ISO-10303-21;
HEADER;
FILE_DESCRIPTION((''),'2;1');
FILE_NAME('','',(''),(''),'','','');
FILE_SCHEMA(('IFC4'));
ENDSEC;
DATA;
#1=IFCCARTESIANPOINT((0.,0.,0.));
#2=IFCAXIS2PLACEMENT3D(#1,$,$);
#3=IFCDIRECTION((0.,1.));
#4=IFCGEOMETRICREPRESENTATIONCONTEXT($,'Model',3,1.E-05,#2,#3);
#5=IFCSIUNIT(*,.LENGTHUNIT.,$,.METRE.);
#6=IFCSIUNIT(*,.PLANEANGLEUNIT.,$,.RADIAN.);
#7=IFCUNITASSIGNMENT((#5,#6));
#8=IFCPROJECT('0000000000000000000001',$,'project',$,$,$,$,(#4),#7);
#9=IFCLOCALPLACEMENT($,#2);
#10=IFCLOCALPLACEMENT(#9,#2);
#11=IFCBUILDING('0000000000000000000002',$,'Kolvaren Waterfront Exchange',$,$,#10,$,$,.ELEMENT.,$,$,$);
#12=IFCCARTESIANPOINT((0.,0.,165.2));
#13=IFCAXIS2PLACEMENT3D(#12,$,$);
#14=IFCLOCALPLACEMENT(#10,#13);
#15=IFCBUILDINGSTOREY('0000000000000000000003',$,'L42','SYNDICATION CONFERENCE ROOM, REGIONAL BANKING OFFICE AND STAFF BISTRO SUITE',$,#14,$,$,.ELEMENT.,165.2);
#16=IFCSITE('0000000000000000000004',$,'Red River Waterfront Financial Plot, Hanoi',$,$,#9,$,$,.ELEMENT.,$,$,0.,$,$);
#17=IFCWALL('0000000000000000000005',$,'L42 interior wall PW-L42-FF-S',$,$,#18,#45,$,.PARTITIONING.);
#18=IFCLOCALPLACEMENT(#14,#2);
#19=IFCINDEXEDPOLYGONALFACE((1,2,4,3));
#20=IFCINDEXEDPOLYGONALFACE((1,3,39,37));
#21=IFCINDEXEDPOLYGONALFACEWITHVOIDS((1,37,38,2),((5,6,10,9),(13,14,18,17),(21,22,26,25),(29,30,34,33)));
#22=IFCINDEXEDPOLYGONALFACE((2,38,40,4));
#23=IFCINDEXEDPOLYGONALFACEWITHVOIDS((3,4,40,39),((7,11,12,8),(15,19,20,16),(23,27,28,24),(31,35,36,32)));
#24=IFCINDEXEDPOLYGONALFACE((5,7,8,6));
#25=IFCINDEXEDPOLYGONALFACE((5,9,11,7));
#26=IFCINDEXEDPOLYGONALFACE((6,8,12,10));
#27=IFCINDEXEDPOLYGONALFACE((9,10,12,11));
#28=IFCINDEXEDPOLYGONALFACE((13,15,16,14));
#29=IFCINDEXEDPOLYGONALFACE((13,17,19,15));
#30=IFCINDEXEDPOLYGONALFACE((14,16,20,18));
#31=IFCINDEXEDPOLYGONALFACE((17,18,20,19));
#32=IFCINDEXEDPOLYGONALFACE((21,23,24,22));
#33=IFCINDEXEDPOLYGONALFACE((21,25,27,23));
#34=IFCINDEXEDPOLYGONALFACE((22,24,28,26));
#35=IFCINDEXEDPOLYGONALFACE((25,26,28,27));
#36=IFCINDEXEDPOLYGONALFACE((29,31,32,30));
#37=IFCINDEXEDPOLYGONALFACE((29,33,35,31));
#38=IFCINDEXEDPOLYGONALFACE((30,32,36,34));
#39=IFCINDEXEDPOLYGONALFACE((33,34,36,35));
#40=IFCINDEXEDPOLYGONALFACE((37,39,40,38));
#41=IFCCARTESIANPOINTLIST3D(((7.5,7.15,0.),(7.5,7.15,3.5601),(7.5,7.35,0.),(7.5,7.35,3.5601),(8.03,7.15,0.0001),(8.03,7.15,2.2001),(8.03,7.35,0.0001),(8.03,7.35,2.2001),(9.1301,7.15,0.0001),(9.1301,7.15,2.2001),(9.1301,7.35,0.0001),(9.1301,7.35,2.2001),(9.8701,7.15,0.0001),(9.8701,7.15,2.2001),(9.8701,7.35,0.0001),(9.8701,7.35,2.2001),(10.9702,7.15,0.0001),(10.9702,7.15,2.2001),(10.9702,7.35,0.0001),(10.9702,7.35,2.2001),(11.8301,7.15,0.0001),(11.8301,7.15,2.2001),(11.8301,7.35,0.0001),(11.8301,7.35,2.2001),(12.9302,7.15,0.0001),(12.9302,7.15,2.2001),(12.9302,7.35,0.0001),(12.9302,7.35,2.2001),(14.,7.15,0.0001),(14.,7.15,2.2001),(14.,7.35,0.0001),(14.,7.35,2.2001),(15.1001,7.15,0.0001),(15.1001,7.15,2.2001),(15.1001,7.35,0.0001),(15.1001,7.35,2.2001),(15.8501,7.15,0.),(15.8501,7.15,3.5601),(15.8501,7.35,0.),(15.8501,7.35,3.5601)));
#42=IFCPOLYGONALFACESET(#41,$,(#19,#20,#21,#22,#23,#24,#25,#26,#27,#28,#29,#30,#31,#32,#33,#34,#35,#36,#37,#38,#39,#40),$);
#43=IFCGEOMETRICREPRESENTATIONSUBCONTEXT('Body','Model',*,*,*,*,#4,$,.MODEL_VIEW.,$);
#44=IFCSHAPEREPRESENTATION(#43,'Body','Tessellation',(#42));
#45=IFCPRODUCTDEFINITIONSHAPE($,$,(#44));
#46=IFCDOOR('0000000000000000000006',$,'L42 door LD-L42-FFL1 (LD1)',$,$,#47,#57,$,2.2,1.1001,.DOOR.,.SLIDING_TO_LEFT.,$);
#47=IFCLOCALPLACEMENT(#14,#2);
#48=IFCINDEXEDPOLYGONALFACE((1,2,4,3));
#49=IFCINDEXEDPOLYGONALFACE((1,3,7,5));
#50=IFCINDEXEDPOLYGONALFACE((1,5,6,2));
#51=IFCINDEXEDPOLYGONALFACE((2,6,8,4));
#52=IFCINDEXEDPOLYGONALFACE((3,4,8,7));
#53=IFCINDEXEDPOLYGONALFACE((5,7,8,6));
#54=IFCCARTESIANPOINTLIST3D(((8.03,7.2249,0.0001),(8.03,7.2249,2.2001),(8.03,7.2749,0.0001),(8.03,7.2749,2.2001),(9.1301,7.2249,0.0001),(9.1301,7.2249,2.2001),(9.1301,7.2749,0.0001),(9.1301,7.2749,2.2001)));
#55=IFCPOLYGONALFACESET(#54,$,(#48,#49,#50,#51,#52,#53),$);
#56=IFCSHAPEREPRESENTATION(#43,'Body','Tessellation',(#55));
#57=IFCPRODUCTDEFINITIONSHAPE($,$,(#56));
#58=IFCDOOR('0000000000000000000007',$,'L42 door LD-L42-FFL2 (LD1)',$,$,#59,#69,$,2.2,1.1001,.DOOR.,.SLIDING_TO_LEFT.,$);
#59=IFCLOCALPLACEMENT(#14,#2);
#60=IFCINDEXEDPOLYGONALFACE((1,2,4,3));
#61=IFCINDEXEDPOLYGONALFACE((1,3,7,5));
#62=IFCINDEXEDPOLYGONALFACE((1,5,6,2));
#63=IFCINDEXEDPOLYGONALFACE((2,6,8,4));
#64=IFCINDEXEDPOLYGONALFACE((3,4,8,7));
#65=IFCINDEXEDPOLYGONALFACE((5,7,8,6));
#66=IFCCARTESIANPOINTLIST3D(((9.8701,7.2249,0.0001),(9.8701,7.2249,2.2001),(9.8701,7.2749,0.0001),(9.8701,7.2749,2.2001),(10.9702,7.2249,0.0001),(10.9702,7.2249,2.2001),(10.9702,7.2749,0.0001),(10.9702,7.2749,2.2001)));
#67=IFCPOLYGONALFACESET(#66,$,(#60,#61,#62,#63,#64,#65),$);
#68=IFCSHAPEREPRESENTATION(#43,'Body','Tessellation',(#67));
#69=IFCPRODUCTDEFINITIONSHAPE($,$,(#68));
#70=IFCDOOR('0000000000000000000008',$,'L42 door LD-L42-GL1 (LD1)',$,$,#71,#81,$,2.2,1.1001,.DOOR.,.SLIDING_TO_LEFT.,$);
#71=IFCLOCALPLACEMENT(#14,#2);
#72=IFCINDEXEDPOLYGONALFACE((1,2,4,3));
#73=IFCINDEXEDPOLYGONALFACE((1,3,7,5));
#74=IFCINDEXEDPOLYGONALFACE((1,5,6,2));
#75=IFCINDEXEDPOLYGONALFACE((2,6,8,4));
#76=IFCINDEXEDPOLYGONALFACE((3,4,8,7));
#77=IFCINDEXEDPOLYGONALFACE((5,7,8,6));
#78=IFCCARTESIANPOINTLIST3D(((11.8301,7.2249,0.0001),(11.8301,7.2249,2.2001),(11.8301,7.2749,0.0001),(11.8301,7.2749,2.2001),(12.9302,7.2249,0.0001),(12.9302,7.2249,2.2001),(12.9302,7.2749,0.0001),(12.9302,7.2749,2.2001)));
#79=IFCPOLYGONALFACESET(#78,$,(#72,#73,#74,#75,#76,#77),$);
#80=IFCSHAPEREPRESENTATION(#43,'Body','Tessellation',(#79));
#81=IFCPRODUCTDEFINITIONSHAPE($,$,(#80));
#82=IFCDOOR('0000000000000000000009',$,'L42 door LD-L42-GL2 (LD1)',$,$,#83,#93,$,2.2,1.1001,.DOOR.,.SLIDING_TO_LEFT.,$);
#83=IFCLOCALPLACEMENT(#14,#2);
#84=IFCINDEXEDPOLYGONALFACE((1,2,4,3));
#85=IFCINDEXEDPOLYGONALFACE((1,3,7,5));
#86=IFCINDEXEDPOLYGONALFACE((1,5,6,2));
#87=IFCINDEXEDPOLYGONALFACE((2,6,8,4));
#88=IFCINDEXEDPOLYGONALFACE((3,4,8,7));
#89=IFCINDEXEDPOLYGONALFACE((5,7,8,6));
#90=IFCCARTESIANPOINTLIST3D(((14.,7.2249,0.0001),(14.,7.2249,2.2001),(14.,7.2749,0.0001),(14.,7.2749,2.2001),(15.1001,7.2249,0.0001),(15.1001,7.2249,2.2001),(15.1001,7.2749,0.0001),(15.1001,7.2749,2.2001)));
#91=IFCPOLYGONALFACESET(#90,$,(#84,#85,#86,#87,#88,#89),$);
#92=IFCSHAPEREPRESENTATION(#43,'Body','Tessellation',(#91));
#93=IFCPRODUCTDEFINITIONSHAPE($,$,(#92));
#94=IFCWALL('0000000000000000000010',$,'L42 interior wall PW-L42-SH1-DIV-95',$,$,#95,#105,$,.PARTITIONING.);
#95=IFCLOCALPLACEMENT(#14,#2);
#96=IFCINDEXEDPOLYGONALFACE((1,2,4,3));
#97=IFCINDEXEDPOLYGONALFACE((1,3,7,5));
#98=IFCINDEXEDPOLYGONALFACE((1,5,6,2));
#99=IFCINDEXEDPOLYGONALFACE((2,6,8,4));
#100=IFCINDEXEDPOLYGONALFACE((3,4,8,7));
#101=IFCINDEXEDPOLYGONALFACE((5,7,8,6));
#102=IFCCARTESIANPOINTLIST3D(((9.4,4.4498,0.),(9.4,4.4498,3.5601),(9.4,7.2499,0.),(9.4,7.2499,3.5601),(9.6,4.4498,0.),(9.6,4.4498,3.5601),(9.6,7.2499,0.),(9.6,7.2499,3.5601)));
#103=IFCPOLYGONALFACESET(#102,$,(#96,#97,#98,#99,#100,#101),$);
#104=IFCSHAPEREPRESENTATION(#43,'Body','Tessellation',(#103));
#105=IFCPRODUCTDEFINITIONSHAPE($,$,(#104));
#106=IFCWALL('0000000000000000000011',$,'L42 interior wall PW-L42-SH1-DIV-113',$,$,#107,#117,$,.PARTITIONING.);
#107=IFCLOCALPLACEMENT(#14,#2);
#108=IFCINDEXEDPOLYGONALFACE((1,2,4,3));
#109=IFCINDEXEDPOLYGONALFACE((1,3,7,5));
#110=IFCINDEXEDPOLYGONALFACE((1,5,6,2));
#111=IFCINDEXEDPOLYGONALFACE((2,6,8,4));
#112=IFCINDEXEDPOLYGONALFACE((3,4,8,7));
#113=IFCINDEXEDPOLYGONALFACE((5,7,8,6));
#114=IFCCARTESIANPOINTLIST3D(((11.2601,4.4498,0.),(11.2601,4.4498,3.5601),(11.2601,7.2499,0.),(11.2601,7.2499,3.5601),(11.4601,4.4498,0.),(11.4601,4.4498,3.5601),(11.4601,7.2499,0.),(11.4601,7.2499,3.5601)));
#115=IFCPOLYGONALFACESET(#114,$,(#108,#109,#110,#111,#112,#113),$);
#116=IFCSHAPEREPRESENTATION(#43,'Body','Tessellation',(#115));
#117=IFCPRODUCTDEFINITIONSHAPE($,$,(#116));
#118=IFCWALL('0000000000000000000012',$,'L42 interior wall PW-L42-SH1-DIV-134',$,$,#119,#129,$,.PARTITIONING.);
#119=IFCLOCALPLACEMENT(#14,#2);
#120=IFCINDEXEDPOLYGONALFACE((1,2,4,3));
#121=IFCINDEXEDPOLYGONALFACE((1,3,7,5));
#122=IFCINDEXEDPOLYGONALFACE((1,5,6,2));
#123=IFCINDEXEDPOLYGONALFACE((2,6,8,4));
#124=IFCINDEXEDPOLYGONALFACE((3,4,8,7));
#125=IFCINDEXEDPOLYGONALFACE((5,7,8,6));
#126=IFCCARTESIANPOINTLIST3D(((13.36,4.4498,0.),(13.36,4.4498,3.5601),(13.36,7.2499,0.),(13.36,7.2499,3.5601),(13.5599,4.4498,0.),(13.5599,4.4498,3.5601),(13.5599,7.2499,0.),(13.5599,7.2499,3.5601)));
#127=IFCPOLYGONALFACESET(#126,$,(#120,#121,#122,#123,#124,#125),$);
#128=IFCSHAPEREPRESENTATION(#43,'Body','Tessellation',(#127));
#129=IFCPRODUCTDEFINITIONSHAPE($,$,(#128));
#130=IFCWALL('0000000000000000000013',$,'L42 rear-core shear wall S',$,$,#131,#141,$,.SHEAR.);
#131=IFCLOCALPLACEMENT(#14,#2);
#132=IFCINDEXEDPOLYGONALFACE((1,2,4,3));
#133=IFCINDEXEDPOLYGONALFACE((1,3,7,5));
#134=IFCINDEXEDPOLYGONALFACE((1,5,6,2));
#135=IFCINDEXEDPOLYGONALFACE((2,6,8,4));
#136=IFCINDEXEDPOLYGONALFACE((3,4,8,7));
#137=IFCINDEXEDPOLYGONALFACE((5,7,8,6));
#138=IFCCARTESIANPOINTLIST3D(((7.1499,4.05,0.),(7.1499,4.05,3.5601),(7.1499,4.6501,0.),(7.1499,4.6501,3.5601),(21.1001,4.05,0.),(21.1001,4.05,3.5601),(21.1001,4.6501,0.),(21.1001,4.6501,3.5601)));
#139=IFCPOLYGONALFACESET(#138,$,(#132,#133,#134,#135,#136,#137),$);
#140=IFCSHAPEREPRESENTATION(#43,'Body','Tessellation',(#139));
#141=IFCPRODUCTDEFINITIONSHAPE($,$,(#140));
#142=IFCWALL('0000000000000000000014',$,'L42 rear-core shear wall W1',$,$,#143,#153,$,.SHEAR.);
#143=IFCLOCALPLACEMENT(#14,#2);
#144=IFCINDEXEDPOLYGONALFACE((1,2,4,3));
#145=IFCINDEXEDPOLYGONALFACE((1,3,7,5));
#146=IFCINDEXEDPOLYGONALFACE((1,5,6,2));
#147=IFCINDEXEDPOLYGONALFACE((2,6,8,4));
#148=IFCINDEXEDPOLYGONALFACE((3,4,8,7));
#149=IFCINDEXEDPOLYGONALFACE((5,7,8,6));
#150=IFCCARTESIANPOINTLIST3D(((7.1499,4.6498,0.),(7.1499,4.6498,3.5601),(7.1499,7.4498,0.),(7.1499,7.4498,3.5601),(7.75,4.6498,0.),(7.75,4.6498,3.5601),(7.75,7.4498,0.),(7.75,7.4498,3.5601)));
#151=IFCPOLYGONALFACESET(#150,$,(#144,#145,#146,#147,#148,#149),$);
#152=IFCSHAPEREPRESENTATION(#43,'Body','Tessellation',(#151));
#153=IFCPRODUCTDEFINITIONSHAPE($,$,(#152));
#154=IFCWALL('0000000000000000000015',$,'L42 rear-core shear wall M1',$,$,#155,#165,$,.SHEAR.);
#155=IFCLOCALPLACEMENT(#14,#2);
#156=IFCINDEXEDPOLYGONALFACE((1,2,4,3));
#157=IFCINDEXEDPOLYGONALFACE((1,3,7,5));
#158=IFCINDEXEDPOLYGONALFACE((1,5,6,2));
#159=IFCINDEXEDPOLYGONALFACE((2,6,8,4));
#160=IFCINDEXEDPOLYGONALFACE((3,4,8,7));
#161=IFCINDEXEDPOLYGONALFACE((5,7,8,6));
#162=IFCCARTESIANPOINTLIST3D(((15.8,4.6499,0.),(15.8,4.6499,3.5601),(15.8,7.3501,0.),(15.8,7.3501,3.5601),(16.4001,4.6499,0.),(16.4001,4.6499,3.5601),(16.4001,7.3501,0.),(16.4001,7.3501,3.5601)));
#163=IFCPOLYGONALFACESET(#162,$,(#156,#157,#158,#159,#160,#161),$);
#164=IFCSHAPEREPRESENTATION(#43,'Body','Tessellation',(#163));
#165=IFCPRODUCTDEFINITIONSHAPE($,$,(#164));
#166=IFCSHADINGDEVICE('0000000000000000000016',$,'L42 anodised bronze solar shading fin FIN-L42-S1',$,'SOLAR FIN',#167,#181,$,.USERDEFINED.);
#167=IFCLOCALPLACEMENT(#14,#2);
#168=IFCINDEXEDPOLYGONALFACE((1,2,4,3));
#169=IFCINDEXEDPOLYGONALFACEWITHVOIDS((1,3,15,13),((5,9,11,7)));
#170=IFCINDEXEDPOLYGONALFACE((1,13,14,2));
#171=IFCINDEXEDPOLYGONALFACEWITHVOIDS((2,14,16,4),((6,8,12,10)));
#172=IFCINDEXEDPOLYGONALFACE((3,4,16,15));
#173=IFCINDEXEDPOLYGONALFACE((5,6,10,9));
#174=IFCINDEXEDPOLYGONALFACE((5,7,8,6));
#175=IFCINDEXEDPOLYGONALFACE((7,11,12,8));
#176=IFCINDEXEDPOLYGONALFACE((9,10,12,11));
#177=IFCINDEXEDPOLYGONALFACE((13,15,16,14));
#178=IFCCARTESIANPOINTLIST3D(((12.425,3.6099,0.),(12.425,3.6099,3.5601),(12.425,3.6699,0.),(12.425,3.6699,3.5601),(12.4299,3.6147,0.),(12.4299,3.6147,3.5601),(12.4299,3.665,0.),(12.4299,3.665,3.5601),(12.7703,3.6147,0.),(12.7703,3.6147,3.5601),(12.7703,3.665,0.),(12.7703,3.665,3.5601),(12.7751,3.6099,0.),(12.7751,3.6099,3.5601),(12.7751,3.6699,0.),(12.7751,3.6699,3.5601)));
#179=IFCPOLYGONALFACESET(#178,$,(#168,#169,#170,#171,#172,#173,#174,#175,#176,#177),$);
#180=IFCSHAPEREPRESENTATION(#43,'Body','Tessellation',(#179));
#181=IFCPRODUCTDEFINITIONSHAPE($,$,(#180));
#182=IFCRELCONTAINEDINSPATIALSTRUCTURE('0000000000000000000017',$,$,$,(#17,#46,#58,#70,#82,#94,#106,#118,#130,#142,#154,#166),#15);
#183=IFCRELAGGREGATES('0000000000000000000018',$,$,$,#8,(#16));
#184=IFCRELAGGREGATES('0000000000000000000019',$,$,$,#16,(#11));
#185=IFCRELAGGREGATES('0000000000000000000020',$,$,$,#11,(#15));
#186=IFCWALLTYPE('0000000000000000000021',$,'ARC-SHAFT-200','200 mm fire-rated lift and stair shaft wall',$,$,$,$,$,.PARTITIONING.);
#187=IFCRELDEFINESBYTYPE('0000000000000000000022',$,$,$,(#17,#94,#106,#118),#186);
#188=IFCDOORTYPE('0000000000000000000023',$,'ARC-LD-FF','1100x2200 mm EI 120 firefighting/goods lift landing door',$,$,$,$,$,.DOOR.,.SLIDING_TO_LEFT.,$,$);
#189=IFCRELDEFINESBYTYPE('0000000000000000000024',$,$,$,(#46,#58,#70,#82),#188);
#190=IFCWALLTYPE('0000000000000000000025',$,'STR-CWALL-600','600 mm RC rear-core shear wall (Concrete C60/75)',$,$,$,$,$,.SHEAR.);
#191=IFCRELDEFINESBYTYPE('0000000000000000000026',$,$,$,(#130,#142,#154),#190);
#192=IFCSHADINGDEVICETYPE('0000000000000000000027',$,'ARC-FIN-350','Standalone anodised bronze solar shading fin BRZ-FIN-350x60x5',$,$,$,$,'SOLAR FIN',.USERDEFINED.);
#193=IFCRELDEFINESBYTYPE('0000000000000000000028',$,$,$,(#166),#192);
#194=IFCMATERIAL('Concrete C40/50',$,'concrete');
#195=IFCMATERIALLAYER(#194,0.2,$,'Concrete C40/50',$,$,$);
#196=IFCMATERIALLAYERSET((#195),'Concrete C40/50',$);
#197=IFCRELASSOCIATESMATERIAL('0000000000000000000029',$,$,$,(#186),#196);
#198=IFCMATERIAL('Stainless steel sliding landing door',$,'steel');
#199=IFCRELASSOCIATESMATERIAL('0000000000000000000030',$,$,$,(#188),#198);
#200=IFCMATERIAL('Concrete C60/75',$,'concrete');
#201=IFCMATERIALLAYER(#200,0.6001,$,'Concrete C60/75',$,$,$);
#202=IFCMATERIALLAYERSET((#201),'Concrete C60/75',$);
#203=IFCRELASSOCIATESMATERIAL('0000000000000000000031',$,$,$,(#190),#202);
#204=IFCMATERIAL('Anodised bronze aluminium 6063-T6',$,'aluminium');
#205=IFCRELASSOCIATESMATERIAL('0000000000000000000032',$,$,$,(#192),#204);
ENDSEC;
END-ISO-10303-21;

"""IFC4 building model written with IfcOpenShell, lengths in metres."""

from ifc_helpers import new_model, si_unit, direction, frame, frame_2d, origin, origin_2d, place, context, subcontext, project, spatial, rectangle, hollow_rectangle, extrude, material, layer, layer_set, material_profile, profile_set, type_object, element, fill, save


model = new_model("IFC4")

# Units and contexts
model_context = context("Model", 3, precision=1e-05, world=origin(), true_north=direction((0.0, 1.0)))
body_context = subcontext(model_context, "Body", "Model", "MODEL_VIEW")
ifc_project = project(units=[si_unit("LENGTHUNIT", "METRE"), si_unit("PLANEANGLEUNIT", "RADIAN")], contexts=[model_context])

# Site, building, storey
site_placement = place(None, origin())
site = spatial("IfcSite", under=ifc_project, at=site_placement, Name="Red River Waterfront Financial Plot, Hanoi", CompositionType="ELEMENT", RefElevation=0.0)
building_placement = place(site_placement, origin())
building = spatial("IfcBuilding", under=site, at=building_placement, Name="Kolvaren Waterfront Exchange", CompositionType="ELEMENT")
storey_placement = place(building_placement, frame((0.0, 0.0, 165.2)))
storey = spatial("IfcBuildingStorey", under=building, at=storey_placement, Name="L42", Description="SYNDICATION CONFERENCE ROOM, REGIONAL BANKING OFFICE AND STAFF BISTRO SUITE", CompositionType="ELEMENT", Elevation=165.2)

# Shared definitions
ifc_material_1 = material(Name="Concrete C60/75", Category="concrete")

# Shared definitions
ifc_material_2 = material(Name="Anodised bronze aluminium 6063-T6", Category="aluminium")

# Shared definitions
ifc_material_3 = material(Name="Concrete C40/50", Category="concrete")
ifc_layer_1 = layer(ifc_material_3, 0.2, Name="Concrete C40/50")
ifc_layer_set_1 = layer_set([ifc_layer_1], Name="Concrete C40/50")
wall_type_1 = type_object("IfcWallType", Name="ARC-SHAFT-200", Description="200 mm fire-rated lift and stair shaft wall", PredefinedType="PARTITIONING", material=ifc_layer_set_1)

# Wall, openings, doors
wall_1_placement = place(storey_placement, frame((7.5, 7.25, 0.0), z_axis=(0.0, 0.0, 1.0), x_axis=(1.0, 0.0, 0.0)))
wall_1 = element("IfcWall", 1, at=wall_1_placement, inside=storey, type_object=wall_type_1, Name="L42 interior wall PW-L42-FF-S", PredefinedType="PARTITIONING", context=body_context, shape_type="SweptSolid", body=[
    extrude(rectangle(XDim=8.3501, YDim=0.2, at=frame_2d((4.175, 0.0))), origin(), (0.0, 0.0, 1.0), 3.5601),
])
opening_1_placement = place(wall_1_placement, frame((0.53, 0.0, 0.0)))
opening_1 = element("IfcOpeningElement", 2, at=opening_1_placement, cuts=wall_1, PredefinedType="OPENING", context=body_context, shape_type="SweptSolid", body=[
    extrude(rectangle(XDim=1.1001, YDim=2.2, at=frame_2d((0.55, 1.1001))), frame((0.0, 0.1099, 0.0), z_axis=(0.0, -1.0, 0.0), x_axis=(1.0, 0.0, 0.0)), (0.0, 0.0, 1.0), 0.22),
])
opening_2_placement = place(wall_1_placement, frame((2.3701, 0.0, 0.0)))
opening_2 = element("IfcOpeningElement", 3, at=opening_2_placement, cuts=wall_1, PredefinedType="OPENING", context=body_context, shape_type="SweptSolid", body=[
    extrude(rectangle(XDim=1.1001, YDim=2.2, at=frame_2d((0.55, 1.1001))), frame((0.0, 0.1099, 0.0), z_axis=(0.0, -1.0, 0.0), x_axis=(1.0, 0.0, 0.0)), (0.0, 0.0, 1.0), 0.22),
])
opening_3_placement = place(wall_1_placement, frame((4.3301, 0.0, 0.0)))
opening_3 = element("IfcOpeningElement", 4, at=opening_3_placement, cuts=wall_1, PredefinedType="OPENING", context=body_context, shape_type="SweptSolid", body=[
    extrude(rectangle(XDim=1.1001, YDim=2.2, at=frame_2d((0.55, 1.1001))), frame((0.0, 0.1099, 0.0), z_axis=(0.0, -1.0, 0.0), x_axis=(1.0, 0.0, 0.0)), (0.0, 0.0, 1.0), 0.22),
])
opening_4_placement = place(wall_1_placement, frame((6.5, 0.0, 0.0)))
opening_4 = element("IfcOpeningElement", 5, at=opening_4_placement, cuts=wall_1, PredefinedType="OPENING", context=body_context, shape_type="SweptSolid", body=[
    extrude(rectangle(XDim=1.1001, YDim=2.2, at=frame_2d((0.55, 1.1001))), frame((0.0, 0.1099, 0.0), z_axis=(0.0, -1.0, 0.0), x_axis=(1.0, 0.0, 0.0)), (0.0, 0.0, 1.0), 0.22),
])
ifc_material_4 = material(Name="Stainless steel sliding landing door", Category="steel")
door_type_1 = type_object("IfcDoorType", Name="ARC-LD-FF", Description="1100x2200 mm EI 120 firefighting/goods lift landing door", OperationType="SLIDING_TO_LEFT", PredefinedType="DOOR", material=ifc_material_4)
door_1_placement = place(opening_1_placement, origin())
door_1 = element("IfcDoor", 6, at=door_1_placement, inside=storey, type_object=door_type_1, Name="L42 door LD-L42-FFL1 (LD1)", OperationType="SLIDING_TO_LEFT", OverallHeight=2.2, OverallWidth=1.1001, PredefinedType="DOOR", context=body_context, shape_type="SweptSolid", body=[
    extrude(rectangle(XDim=1.1001, YDim=2.2, at=frame_2d((0.55, 1.1001))), frame((0.0, 0.0249, 0.0), z_axis=(0.0, -1.0, 0.0), x_axis=(1.0, 0.0, 0.0)), (0.0, 0.0, 1.0), 0.05),
])
fill(opening_1, door_1)
door_2_placement = place(opening_2_placement, origin())
door_2 = element("IfcDoor", 7, at=door_2_placement, inside=storey, type_object=door_type_1, Name="L42 door LD-L42-FFL2 (LD1)", OperationType="SLIDING_TO_LEFT", OverallHeight=2.2, OverallWidth=1.1001, PredefinedType="DOOR", context=body_context, shape_type="SweptSolid", body=[
    extrude(rectangle(XDim=1.1001, YDim=2.2, at=frame_2d((0.55, 1.1001))), frame((0.0, 0.0249, 0.0), z_axis=(0.0, -1.0, 0.0), x_axis=(1.0, 0.0, 0.0)), (0.0, 0.0, 1.0), 0.05),
])
fill(opening_2, door_2)
door_3_placement = place(opening_3_placement, origin())
door_3 = element("IfcDoor", 8, at=door_3_placement, inside=storey, type_object=door_type_1, Name="L42 door LD-L42-GL1 (LD1)", OperationType="SLIDING_TO_LEFT", OverallHeight=2.2, OverallWidth=1.1001, PredefinedType="DOOR", context=body_context, shape_type="SweptSolid", body=[
    extrude(rectangle(XDim=1.1001, YDim=2.2, at=frame_2d((0.55, 1.1001))), frame((0.0, 0.0249, 0.0), z_axis=(0.0, -1.0, 0.0), x_axis=(1.0, 0.0, 0.0)), (0.0, 0.0, 1.0), 0.05),
])
fill(opening_3, door_3)
door_4_placement = place(opening_4_placement, origin())
door_4 = element("IfcDoor", 9, at=door_4_placement, inside=storey, type_object=door_type_1, Name="L42 door LD-L42-GL2 (LD1)", OperationType="SLIDING_TO_LEFT", OverallHeight=2.2, OverallWidth=1.1001, PredefinedType="DOOR", context=body_context, shape_type="SweptSolid", body=[
    extrude(rectangle(XDim=1.1001, YDim=2.2, at=frame_2d((0.55, 1.1001))), frame((0.0, 0.0249, 0.0), z_axis=(0.0, -1.0, 0.0), x_axis=(1.0, 0.0, 0.0)), (0.0, 0.0, 1.0), 0.05),
])
fill(opening_4, door_4)

# Walls
for number, where, z_axis, x_axis, name in (
    (10, (9.5, 4.45, 0.0), (0.0, 0.0, 1.0), (0.0, 1.0, 0.0), "L42 interior wall PW-L42-SH1-DIV-95"),
    (11, (11.3601, 4.45, 0.0), (0.0, 0.0, 1.0), (0.0, 1.0, 0.0), "L42 interior wall PW-L42-SH1-DIV-113"),
    (12, (13.46, 4.45, 0.0), (0.0, 0.0, 1.0), (0.0, 1.0, 0.0), "L42 interior wall PW-L42-SH1-DIV-134"),
):
    element("IfcWall", number, at=place(storey_placement, frame(where, z_axis=z_axis, x_axis=x_axis)), inside=storey, type_object=wall_type_1, Name=name, PredefinedType="PARTITIONING", context=body_context, shape_type="SweptSolid", body=[
        extrude(rectangle(XDim=2.8, YDim=0.2, at=frame_2d((1.3999, 0.0))), origin(), (0.0, 0.0, 1.0), 3.5601),
    ])
ifc_layer_2 = layer(ifc_material_1, 0.6001, Name="Concrete C60/75")
ifc_layer_set_2 = layer_set([ifc_layer_2], Name="Concrete C60/75")
wall_type_2 = type_object("IfcWallType", Name="STR-CWALL-600", Description="600 mm RC rear-core shear wall (Concrete C60/75)", PredefinedType="SHEAR", material=ifc_layer_set_2)
wall_2_placement = place(storey_placement, frame((7.1499, 4.3501, 0.0), z_axis=(0.0, 0.0, 1.0), x_axis=(1.0, 0.0, 0.0)))
element("IfcWall", 13, at=wall_2_placement, inside=storey, type_object=wall_type_2, Name="L42 rear-core shear wall S", PredefinedType="SHEAR", context=body_context, shape_type="SweptSolid", body=[
    extrude(rectangle(XDim=13.9502, YDim=0.6001, at=frame_2d((6.9751, 0.0))), origin(), (0.0, 0.0, 1.0), 3.5601),
])
wall_3_placement = place(storey_placement, frame((7.45, 4.6499, 0.0), z_axis=(0.0, 0.0, 1.0), x_axis=(0.0, 1.0, 0.0)))
element("IfcWall", 14, at=wall_3_placement, inside=storey, type_object=wall_type_2, Name="L42 rear-core shear wall W1", PredefinedType="SHEAR", context=body_context, shape_type="SweptSolid", body=[
    extrude(rectangle(XDim=2.8, YDim=0.6001, at=frame_2d((1.3999, 0.0))), origin(), (0.0, 0.0, 1.0), 3.5601),
])
wall_4_placement = place(storey_placement, frame((16.1001, 4.6499, 0.0), z_axis=(0.0, 0.0, 1.0), x_axis=(0.0, 1.0, 0.0)))
element("IfcWall", 15, at=wall_4_placement, inside=storey, type_object=wall_type_2, Name="L42 rear-core shear wall M1", PredefinedType="SHEAR", context=body_context, shape_type="SweptSolid", body=[
    extrude(rectangle(XDim=2.7002, YDim=0.6001, at=frame_2d((1.3501, 0.0))), origin(), (0.0, 0.0, 1.0), 3.5601),
])

# Shading device
ifc_material_profile_1 = material_profile(ifc_material_2, hollow_rectangle(XDim=0.0601, YDim=0.3501, WallThickness=0.0049, at=origin_2d()), Name="BRZ-FIN-350x60x5")
ifc_profile_set_1 = profile_set([ifc_material_profile_1], Name="Anodised bronze aluminium 6063-T6")
shading_device_type = type_object("IfcShadingDeviceType", Name="ARC-FIN-350", Description="Standalone anodised bronze solar shading fin BRZ-FIN-350x60x5", ElementType="SOLAR FIN", PredefinedType="USERDEFINED", material=ifc_profile_set_1)
shading_device_placement = place(storey_placement, frame((12.6001, 3.6399, 0.0), z_axis=(0.0, 0.0, 1.0), x_axis=(0.0, -1.0, 0.0)))
element("IfcShadingDevice", 16, at=shading_device_placement, inside=storey, type_object=shading_device_type, Name="L42 anodised bronze solar shading fin FIN-L42-S1", ObjectType="SOLAR FIN", PredefinedType="USERDEFINED", context=body_context, shape_type="SweptSolid", body=[
    extrude(hollow_rectangle(XDim=0.0601, YDim=0.3501, WallThickness=0.0049, at=origin_2d()), origin(), (0.0, 0.0, 1.0), 3.5601),
])

save(model, "model.ifc")
